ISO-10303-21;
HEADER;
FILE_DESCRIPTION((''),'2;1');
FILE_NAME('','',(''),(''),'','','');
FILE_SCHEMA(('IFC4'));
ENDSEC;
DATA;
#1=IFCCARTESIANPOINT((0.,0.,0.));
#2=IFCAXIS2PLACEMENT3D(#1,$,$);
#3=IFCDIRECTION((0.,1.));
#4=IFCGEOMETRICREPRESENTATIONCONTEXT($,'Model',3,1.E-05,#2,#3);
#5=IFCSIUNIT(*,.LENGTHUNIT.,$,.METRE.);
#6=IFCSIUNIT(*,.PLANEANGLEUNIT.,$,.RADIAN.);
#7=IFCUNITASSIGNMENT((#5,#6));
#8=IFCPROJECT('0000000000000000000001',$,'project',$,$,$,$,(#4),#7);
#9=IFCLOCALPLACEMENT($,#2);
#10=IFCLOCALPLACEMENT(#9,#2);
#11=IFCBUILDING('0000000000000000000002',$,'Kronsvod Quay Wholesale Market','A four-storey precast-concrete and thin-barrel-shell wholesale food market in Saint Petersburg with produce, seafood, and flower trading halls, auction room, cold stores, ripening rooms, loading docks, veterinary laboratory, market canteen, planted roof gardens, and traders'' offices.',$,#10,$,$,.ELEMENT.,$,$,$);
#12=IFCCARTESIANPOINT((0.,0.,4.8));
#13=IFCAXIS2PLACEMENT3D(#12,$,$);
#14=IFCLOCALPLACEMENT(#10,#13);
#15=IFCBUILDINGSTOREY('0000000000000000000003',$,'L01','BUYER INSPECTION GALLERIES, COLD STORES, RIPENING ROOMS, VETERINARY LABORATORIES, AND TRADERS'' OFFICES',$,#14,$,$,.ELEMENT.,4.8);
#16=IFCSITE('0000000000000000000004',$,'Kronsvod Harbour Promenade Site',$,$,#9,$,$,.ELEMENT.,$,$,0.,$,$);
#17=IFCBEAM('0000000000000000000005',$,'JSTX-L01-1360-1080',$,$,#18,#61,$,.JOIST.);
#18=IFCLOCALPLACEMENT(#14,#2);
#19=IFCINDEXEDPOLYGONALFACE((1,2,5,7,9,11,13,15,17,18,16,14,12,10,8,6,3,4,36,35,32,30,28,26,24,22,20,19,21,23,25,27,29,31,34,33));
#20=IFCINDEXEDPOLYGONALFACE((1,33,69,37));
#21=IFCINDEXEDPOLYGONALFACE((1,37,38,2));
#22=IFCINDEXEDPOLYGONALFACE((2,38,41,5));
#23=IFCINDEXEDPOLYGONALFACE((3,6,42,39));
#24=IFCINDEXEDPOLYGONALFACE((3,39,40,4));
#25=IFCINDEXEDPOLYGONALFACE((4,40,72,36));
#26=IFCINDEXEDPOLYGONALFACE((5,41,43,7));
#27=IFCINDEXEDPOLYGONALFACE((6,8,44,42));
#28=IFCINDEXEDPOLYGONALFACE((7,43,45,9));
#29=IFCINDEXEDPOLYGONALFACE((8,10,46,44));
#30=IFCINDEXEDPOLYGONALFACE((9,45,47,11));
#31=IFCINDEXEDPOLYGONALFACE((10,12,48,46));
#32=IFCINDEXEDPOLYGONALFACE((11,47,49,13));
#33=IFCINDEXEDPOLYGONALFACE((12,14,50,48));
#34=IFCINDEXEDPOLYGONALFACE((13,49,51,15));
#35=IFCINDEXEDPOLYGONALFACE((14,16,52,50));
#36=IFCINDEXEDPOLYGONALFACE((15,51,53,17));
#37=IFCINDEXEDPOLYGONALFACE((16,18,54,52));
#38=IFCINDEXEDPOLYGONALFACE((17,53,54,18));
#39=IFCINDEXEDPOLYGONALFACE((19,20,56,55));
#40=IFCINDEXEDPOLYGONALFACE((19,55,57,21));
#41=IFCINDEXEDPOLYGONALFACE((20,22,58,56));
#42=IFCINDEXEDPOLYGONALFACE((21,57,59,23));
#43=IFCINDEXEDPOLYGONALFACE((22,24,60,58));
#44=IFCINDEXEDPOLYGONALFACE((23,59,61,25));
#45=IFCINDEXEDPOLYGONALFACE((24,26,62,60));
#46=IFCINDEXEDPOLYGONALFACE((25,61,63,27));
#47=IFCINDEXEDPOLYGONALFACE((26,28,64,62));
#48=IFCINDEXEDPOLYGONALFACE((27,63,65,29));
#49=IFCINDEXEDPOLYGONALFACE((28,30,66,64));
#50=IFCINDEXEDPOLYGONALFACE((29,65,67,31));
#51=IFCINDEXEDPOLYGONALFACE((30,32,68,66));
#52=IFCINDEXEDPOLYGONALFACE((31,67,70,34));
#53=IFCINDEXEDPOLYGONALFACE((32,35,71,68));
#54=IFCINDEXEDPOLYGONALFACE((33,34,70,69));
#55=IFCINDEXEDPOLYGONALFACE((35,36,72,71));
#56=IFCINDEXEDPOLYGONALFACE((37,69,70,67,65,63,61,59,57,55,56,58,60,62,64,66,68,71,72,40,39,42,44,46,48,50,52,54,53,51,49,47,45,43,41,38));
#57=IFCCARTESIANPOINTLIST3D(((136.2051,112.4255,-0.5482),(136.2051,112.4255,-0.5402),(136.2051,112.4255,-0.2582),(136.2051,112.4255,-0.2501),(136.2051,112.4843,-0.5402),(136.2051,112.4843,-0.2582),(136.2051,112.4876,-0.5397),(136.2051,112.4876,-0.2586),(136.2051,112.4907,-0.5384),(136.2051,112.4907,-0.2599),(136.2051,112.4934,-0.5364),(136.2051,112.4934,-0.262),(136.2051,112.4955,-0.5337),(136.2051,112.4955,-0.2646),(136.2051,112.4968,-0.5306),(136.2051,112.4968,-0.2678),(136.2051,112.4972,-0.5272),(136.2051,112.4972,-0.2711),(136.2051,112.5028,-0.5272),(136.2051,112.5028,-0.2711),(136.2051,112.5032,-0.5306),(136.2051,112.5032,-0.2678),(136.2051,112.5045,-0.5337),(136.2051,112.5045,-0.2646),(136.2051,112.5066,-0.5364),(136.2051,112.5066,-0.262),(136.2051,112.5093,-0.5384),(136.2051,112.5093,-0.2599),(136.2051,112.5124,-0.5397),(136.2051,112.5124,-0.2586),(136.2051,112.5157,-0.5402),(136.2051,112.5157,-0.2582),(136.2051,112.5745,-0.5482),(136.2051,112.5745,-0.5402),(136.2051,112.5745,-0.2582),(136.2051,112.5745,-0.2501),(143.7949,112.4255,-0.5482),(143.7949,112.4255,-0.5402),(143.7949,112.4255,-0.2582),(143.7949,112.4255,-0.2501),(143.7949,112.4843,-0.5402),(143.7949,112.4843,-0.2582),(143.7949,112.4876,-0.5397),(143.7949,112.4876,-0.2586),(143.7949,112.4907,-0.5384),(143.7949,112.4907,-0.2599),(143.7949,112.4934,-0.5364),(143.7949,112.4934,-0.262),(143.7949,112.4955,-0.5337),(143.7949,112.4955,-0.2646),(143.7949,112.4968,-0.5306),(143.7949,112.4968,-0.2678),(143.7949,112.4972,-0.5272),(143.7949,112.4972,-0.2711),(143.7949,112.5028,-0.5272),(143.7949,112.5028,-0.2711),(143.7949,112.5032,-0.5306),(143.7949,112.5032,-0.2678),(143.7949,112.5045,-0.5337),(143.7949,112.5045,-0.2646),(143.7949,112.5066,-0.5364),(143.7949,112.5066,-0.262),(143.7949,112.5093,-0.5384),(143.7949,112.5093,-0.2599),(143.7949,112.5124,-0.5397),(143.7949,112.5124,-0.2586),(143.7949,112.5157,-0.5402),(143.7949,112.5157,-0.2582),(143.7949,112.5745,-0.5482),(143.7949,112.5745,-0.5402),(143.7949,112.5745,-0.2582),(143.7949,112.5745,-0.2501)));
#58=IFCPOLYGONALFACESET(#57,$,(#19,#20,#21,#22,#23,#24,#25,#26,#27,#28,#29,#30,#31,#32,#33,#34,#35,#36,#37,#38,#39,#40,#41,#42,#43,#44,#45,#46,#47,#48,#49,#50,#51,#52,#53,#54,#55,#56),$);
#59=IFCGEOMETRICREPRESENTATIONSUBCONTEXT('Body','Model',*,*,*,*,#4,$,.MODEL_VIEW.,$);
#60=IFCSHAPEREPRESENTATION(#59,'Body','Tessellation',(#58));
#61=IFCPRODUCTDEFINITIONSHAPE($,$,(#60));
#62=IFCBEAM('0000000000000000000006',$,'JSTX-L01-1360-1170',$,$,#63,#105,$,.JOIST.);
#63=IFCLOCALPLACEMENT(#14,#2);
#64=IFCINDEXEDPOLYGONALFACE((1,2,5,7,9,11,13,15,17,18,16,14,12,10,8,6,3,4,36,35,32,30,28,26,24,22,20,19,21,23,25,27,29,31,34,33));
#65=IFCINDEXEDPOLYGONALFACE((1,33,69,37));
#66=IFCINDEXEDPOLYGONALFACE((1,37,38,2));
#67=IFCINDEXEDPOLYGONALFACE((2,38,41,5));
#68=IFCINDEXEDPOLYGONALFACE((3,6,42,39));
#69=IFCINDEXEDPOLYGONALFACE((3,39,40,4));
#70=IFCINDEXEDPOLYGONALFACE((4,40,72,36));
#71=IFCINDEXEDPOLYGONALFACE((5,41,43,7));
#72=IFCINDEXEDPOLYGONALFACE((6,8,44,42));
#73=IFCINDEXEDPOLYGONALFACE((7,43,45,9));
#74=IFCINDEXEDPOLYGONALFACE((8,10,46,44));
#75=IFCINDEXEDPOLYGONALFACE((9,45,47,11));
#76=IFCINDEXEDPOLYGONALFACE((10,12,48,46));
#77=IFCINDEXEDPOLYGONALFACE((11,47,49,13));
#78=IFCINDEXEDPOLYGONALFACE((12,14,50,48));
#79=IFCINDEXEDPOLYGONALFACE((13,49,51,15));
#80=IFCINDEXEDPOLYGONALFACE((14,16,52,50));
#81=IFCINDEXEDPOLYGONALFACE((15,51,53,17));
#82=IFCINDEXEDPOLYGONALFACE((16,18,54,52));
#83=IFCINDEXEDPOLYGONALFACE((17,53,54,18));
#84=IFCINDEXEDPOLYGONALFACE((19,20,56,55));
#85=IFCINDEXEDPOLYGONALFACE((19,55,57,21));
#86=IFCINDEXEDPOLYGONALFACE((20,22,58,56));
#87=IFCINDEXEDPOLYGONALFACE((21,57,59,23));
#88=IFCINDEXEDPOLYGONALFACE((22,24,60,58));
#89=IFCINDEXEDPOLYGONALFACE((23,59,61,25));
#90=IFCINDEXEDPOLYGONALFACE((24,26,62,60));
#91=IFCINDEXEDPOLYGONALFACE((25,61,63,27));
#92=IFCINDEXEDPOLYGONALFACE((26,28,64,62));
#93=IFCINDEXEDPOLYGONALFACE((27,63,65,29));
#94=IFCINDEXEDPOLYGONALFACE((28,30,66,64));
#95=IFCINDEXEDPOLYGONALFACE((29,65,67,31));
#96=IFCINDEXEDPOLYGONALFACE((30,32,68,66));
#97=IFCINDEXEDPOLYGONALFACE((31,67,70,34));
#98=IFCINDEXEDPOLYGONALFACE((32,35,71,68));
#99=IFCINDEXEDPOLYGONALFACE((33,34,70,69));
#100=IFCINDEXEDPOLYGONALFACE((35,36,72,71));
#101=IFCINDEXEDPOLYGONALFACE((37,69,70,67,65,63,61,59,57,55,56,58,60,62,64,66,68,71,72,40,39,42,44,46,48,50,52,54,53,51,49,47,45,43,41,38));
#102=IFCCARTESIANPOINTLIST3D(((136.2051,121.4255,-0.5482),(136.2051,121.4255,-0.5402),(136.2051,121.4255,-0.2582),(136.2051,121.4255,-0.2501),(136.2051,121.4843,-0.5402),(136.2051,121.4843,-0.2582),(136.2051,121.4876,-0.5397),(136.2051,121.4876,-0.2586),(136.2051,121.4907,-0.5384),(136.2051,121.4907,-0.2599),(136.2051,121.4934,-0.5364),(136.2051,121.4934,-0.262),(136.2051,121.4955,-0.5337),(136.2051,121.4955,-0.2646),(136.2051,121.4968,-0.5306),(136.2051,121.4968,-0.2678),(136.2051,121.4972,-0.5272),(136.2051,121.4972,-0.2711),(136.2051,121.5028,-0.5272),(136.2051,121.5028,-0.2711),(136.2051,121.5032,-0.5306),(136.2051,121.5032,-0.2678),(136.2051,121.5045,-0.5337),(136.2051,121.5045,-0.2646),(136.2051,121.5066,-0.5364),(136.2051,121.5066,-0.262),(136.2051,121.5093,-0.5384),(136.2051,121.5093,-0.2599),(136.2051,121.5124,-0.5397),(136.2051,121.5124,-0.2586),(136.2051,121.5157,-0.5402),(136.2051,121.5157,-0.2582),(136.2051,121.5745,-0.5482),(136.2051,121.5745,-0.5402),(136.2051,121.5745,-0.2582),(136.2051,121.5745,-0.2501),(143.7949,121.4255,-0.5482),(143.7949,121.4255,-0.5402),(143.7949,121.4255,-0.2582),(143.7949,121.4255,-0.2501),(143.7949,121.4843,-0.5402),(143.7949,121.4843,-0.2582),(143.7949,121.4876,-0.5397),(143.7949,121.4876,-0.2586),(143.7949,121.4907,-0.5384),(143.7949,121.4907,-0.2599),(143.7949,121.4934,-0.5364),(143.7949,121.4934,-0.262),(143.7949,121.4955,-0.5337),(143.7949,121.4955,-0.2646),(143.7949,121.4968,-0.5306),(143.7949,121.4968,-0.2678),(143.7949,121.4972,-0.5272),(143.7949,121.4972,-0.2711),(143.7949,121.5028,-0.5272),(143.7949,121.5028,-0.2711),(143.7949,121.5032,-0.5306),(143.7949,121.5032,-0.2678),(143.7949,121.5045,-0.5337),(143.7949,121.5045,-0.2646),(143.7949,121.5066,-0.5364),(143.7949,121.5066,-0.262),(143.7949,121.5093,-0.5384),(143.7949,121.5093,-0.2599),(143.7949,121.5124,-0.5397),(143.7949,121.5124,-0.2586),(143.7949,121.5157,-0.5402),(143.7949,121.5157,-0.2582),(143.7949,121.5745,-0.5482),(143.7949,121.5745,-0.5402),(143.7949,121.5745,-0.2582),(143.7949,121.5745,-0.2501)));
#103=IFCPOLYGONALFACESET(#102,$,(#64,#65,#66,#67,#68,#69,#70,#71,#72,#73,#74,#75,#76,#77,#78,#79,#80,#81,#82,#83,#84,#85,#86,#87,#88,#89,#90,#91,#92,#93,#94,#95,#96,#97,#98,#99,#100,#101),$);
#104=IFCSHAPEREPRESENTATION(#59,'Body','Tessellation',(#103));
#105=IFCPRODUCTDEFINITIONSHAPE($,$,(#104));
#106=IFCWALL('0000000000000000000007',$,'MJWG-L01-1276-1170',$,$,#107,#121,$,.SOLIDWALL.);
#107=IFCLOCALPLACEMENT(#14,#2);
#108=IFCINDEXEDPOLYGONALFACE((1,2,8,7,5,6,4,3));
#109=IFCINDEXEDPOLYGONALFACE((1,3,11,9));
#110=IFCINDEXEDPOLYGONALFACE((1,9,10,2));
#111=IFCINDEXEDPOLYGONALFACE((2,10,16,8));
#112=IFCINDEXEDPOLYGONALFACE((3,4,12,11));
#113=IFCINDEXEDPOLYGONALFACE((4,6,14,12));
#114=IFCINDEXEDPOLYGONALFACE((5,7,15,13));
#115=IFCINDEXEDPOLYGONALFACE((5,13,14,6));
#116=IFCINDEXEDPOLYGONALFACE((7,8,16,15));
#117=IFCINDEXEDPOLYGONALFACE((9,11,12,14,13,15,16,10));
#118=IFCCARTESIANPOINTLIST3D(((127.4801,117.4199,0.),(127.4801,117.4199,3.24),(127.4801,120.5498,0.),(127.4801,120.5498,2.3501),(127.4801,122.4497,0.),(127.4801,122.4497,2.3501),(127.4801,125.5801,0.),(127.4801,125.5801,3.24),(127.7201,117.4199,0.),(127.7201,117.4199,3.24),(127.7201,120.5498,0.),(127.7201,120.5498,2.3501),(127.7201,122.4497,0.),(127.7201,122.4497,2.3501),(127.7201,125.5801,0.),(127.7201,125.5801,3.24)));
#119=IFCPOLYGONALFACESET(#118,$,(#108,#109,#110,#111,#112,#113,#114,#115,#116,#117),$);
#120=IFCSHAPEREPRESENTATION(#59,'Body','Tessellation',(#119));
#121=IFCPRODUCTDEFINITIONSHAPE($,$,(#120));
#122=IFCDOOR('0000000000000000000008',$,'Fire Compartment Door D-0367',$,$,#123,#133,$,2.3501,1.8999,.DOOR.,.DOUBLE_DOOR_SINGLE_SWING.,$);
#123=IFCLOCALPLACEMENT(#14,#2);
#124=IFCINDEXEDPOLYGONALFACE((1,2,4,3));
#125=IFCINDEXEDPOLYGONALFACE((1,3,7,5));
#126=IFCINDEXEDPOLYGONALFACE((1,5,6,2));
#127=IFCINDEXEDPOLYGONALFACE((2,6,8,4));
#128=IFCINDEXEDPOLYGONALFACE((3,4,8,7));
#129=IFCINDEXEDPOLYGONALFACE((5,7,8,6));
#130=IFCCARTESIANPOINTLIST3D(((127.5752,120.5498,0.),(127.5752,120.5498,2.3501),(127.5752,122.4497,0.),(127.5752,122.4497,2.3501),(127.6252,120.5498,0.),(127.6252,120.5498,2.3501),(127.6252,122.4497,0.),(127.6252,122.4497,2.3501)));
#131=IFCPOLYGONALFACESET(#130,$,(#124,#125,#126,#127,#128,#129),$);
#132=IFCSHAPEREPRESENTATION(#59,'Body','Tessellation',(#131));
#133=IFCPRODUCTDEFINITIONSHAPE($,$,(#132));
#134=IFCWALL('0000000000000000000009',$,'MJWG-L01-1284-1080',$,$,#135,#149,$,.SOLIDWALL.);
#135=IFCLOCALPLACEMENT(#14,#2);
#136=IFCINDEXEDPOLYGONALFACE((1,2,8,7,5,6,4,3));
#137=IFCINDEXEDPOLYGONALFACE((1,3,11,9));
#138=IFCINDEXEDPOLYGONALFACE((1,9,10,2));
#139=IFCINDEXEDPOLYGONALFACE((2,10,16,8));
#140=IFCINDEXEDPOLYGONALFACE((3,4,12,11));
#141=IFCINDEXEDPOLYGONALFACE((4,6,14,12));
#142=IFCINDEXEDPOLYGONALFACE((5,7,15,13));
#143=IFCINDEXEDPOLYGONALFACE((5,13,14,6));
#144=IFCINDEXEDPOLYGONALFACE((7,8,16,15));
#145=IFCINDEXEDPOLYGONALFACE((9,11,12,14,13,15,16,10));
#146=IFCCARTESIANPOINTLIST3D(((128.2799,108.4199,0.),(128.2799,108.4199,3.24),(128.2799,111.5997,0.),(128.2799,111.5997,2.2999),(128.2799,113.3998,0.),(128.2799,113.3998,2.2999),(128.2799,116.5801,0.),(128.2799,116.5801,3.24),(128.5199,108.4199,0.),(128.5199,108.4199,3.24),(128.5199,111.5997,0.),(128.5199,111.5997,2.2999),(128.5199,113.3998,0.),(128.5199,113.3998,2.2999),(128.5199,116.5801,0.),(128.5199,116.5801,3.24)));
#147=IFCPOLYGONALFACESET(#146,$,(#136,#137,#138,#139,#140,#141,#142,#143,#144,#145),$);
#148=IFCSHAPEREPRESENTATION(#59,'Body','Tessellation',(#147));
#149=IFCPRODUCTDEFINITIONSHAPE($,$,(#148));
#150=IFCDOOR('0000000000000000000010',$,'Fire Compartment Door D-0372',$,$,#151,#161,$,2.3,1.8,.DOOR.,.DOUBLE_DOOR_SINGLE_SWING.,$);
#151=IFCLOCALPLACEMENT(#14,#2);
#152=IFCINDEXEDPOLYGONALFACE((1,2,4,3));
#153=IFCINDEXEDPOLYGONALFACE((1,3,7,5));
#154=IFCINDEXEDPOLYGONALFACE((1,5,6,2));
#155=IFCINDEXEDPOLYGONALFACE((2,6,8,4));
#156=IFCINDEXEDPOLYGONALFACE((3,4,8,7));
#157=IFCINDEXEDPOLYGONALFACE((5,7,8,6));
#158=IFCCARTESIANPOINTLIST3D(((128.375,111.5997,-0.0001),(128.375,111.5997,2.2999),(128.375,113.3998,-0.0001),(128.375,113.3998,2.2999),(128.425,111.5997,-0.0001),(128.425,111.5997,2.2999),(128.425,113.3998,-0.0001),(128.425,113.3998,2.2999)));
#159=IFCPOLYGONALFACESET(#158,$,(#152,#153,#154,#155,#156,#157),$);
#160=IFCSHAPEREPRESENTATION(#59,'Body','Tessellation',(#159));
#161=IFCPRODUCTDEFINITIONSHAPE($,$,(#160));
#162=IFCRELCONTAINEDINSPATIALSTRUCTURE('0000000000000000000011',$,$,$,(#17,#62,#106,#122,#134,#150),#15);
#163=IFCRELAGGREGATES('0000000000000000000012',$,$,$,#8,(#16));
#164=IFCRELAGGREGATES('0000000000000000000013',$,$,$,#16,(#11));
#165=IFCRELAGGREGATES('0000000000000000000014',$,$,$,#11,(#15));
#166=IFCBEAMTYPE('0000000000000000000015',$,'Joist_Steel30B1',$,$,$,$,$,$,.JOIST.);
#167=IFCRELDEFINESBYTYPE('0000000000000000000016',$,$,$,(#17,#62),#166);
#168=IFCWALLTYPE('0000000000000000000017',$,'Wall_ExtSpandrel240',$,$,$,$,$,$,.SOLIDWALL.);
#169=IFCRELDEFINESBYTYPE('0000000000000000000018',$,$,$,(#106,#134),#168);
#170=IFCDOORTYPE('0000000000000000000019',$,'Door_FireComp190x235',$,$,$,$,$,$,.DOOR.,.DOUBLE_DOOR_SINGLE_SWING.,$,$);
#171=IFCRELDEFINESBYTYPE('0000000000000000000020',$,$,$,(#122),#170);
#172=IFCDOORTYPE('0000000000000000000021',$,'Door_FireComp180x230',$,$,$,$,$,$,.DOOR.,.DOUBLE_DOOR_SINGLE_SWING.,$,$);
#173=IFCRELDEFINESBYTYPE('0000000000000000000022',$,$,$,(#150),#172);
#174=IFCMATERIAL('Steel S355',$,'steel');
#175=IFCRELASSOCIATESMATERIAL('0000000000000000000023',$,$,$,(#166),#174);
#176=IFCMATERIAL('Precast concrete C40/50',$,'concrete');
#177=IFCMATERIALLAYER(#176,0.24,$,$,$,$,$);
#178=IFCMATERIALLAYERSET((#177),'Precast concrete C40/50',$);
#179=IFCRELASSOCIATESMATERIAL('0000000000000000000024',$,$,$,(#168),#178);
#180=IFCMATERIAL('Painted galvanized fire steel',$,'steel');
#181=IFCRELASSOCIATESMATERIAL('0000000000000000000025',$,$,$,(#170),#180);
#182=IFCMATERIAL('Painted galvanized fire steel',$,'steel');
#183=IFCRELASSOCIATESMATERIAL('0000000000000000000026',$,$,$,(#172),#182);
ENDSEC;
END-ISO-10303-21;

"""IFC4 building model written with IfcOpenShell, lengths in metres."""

from ifc_helpers import new_model, si_unit, direction, frame, frame_2d, origin, origin_2d, place, context, subcontext, project, spatial, rectangle, i_section, extrude, material, layer, layer_set, material_profile, profile_set, type_object, element, fill, save


model = new_model("IFC4")

# Units and contexts
model_context = context("Model", 3, precision=1e-05, world=origin(), true_north=direction((0.0, 1.0)))
body_context = subcontext(model_context, "Body", "Model", "MODEL_VIEW")
ifc_project = project(units=[si_unit("LENGTHUNIT", "METRE"), si_unit("PLANEANGLEUNIT", "RADIAN")], contexts=[model_context])

# Site, building, storey
site_placement = place(None, origin())
site = spatial("IfcSite", under=ifc_project, at=site_placement, Name="Kronsvod Harbour Promenade Site", CompositionType="ELEMENT", RefElevation=0.0)
building_placement = place(site_placement, origin())
building = spatial("IfcBuilding", under=site, at=building_placement, Name="Kronsvod Quay Wholesale Market", Description="A four-storey precast-concrete and thin-barrel-shell wholesale food market in Saint Petersburg with produce, seafood, and flower trading halls, auction room, cold stores, ripening rooms, loading docks, veterinary laboratory, market canteen, planted roof gardens, and traders' offices.", CompositionType="ELEMENT")
storey_placement = place(building_placement, frame((0.0, 0.0, 4.8)))
storey = spatial("IfcBuildingStorey", under=building, at=storey_placement, Name="L01", Description="BUYER INSPECTION GALLERIES, COLD STORES, RIPENING ROOMS, VETERINARY LABORATORIES, AND TRADERS' OFFICES", CompositionType="ELEMENT", Elevation=4.8)

# Beams
ifc_material_1 = material(Name="Steel S355", Category="steel")
ifc_material_profile_1 = material_profile(ifc_material_1, i_section(OverallWidth=0.1489, OverallDepth=0.2981, WebThickness=0.0056, FlangeThickness=0.0081, FilletRadius=0.0129, at=origin_2d()), Name="30B1")
ifc_profile_set_1 = profile_set([ifc_material_profile_1], Name="Steel S355")
beam_type_1 = type_object("IfcBeamType", Name="Joist_Steel30B1", PredefinedType="JOIST", material=ifc_profile_set_1)
for number, where, z_axis, x_axis, name in (
    (1, (136.2051, 112.5, -0.3992), (1.0, 0.0, 0.0), (0.0, 1.0, 0.0), "JSTX-L01-1360-1080"),
    (2, (136.2051, 121.5, -0.3992), (1.0, 0.0, 0.0), (0.0, 1.0, 0.0), "JSTX-L01-1360-1170"),
):
    element("IfcBeam", number, at=place(storey_placement, frame(where, z_axis=z_axis, x_axis=x_axis)), inside=storey, type_object=beam_type_1, Name=name, PredefinedType="JOIST", context=body_context, shape_type="SweptSolid", body=[
        extrude(i_section(OverallWidth=0.1489, OverallDepth=0.2981, WebThickness=0.0056, FlangeThickness=0.0081, FilletRadius=0.0129, at=origin_2d()), origin(), (0.0, 0.0, 1.0), 7.5898),
    ])

# Walls, openings, doors
ifc_material_2 = material(Name="Precast concrete C40/50", Category="concrete")
ifc_layer_1 = layer(ifc_material_2, 0.24)
ifc_layer_set_1 = layer_set([ifc_layer_1], Name="Precast concrete C40/50")
wall_type_1 = type_object("IfcWallType", Name="Wall_ExtSpandrel240", PredefinedType="SOLIDWALL", material=ifc_layer_set_1)
wall_1_placement = place(storey_placement, frame((127.6001, 117.4199, 0.0), z_axis=(0.0, 0.0, 1.0), x_axis=(0.0, 1.0, 0.0)))
wall_1 = element("IfcWall", 3, at=wall_1_placement, inside=storey, type_object=wall_type_1, Name="MJWG-L01-1276-1170", PredefinedType="SOLIDWALL", context=body_context, shape_type="SweptSolid", body=[
    extrude(rectangle(XDim=8.1602, YDim=0.24, at=frame_2d((4.0801, 0.0))), origin(), (0.0, 0.0, 1.0), 3.24),
])
opening_1_placement = place(wall_1_placement, frame((3.1299, 0.0, 0.0)))
opening_1 = element("IfcOpeningElement", 4, at=opening_1_placement, cuts=wall_1, PredefinedType="OPENING", context=body_context, shape_type="SweptSolid", body=[
    extrude(rectangle(XDim=1.8999, YDim=2.3501, at=frame_2d((0.95, 1.175))), frame((0.0, 0.1299, 0.0), z_axis=(0.0, -1.0, 0.0), x_axis=(1.0, 0.0, 0.0)), (0.0, 0.0, 1.0), 0.26),
])
ifc_material_3 = material(Name="Painted galvanized fire steel", Category="steel")
door_type_1 = type_object("IfcDoorType", Name="Door_FireComp190x235", OperationType="DOUBLE_DOOR_SINGLE_SWING", PredefinedType="DOOR", material=ifc_material_3)
door_1_placement = place(opening_1_placement, origin())
door_1 = element("IfcDoor", 5, at=door_1_placement, inside=storey, type_object=door_type_1, Name="Fire Compartment Door D-0367", OperationType="DOUBLE_DOOR_SINGLE_SWING", OverallHeight=2.3501, OverallWidth=1.8999, PredefinedType="DOOR", context=body_context, shape_type="SweptSolid", body=[
    extrude(rectangle(XDim=1.8999, YDim=2.3501, at=frame_2d((0.95, 1.175))), frame((0.0, 0.0249, 0.0), z_axis=(0.0, -1.0, 0.0), x_axis=(1.0, 0.0, 0.0)), (0.0, 0.0, 1.0), 0.05),
])
fill(opening_1, door_1)
wall_2_placement = place(storey_placement, frame((128.3999, 108.4199, 0.0), z_axis=(0.0, 0.0, 1.0), x_axis=(0.0, 1.0, 0.0)))
wall_2 = element("IfcWall", 6, at=wall_2_placement, inside=storey, type_object=wall_type_1, Name="MJWG-L01-1284-1080", PredefinedType="SOLIDWALL", context=body_context, shape_type="SweptSolid", body=[
    extrude(rectangle(XDim=8.1602, YDim=0.24, at=frame_2d((4.0801, 0.0))), origin(), (0.0, 0.0, 1.0), 3.24),
])
opening_2_placement = place(wall_2_placement, frame((3.1799, 0.0, 0.0)))
opening_2 = element("IfcOpeningElement", 7, at=opening_2_placement, cuts=wall_2, PredefinedType="OPENING", context=body_context, shape_type="SweptSolid", body=[
    extrude(rectangle(XDim=1.8, YDim=2.3, at=frame_2d((0.8999, 1.1499))), frame((0.0, 0.1299, 0.0), z_axis=(0.0, -1.0, 0.0), x_axis=(1.0, 0.0, 0.0)), (0.0, 0.0, 1.0), 0.26),
])
ifc_material_4 = material(Name="Painted galvanized fire steel", Category="steel")
door_type_2 = type_object("IfcDoorType", Name="Door_FireComp180x230", OperationType="DOUBLE_DOOR_SINGLE_SWING", PredefinedType="DOOR", material=ifc_material_4)
door_2_placement = place(opening_2_placement, origin())
door_2 = element("IfcDoor", 8, at=door_2_placement, inside=storey, type_object=door_type_2, Name="Fire Compartment Door D-0372", OperationType="DOUBLE_DOOR_SINGLE_SWING", OverallHeight=2.3, OverallWidth=1.8, PredefinedType="DOOR", context=body_context, shape_type="SweptSolid", body=[
    extrude(rectangle(XDim=1.8, YDim=2.3, at=frame_2d((0.8999, 1.1499))), frame((0.0, 0.0249, 0.0), z_axis=(0.0, -1.0, 0.0), x_axis=(1.0, 0.0, 0.0)), (0.0, 0.0, 1.0), 0.05),
])
fill(opening_2, door_2)

save(model, "model.ifc")
